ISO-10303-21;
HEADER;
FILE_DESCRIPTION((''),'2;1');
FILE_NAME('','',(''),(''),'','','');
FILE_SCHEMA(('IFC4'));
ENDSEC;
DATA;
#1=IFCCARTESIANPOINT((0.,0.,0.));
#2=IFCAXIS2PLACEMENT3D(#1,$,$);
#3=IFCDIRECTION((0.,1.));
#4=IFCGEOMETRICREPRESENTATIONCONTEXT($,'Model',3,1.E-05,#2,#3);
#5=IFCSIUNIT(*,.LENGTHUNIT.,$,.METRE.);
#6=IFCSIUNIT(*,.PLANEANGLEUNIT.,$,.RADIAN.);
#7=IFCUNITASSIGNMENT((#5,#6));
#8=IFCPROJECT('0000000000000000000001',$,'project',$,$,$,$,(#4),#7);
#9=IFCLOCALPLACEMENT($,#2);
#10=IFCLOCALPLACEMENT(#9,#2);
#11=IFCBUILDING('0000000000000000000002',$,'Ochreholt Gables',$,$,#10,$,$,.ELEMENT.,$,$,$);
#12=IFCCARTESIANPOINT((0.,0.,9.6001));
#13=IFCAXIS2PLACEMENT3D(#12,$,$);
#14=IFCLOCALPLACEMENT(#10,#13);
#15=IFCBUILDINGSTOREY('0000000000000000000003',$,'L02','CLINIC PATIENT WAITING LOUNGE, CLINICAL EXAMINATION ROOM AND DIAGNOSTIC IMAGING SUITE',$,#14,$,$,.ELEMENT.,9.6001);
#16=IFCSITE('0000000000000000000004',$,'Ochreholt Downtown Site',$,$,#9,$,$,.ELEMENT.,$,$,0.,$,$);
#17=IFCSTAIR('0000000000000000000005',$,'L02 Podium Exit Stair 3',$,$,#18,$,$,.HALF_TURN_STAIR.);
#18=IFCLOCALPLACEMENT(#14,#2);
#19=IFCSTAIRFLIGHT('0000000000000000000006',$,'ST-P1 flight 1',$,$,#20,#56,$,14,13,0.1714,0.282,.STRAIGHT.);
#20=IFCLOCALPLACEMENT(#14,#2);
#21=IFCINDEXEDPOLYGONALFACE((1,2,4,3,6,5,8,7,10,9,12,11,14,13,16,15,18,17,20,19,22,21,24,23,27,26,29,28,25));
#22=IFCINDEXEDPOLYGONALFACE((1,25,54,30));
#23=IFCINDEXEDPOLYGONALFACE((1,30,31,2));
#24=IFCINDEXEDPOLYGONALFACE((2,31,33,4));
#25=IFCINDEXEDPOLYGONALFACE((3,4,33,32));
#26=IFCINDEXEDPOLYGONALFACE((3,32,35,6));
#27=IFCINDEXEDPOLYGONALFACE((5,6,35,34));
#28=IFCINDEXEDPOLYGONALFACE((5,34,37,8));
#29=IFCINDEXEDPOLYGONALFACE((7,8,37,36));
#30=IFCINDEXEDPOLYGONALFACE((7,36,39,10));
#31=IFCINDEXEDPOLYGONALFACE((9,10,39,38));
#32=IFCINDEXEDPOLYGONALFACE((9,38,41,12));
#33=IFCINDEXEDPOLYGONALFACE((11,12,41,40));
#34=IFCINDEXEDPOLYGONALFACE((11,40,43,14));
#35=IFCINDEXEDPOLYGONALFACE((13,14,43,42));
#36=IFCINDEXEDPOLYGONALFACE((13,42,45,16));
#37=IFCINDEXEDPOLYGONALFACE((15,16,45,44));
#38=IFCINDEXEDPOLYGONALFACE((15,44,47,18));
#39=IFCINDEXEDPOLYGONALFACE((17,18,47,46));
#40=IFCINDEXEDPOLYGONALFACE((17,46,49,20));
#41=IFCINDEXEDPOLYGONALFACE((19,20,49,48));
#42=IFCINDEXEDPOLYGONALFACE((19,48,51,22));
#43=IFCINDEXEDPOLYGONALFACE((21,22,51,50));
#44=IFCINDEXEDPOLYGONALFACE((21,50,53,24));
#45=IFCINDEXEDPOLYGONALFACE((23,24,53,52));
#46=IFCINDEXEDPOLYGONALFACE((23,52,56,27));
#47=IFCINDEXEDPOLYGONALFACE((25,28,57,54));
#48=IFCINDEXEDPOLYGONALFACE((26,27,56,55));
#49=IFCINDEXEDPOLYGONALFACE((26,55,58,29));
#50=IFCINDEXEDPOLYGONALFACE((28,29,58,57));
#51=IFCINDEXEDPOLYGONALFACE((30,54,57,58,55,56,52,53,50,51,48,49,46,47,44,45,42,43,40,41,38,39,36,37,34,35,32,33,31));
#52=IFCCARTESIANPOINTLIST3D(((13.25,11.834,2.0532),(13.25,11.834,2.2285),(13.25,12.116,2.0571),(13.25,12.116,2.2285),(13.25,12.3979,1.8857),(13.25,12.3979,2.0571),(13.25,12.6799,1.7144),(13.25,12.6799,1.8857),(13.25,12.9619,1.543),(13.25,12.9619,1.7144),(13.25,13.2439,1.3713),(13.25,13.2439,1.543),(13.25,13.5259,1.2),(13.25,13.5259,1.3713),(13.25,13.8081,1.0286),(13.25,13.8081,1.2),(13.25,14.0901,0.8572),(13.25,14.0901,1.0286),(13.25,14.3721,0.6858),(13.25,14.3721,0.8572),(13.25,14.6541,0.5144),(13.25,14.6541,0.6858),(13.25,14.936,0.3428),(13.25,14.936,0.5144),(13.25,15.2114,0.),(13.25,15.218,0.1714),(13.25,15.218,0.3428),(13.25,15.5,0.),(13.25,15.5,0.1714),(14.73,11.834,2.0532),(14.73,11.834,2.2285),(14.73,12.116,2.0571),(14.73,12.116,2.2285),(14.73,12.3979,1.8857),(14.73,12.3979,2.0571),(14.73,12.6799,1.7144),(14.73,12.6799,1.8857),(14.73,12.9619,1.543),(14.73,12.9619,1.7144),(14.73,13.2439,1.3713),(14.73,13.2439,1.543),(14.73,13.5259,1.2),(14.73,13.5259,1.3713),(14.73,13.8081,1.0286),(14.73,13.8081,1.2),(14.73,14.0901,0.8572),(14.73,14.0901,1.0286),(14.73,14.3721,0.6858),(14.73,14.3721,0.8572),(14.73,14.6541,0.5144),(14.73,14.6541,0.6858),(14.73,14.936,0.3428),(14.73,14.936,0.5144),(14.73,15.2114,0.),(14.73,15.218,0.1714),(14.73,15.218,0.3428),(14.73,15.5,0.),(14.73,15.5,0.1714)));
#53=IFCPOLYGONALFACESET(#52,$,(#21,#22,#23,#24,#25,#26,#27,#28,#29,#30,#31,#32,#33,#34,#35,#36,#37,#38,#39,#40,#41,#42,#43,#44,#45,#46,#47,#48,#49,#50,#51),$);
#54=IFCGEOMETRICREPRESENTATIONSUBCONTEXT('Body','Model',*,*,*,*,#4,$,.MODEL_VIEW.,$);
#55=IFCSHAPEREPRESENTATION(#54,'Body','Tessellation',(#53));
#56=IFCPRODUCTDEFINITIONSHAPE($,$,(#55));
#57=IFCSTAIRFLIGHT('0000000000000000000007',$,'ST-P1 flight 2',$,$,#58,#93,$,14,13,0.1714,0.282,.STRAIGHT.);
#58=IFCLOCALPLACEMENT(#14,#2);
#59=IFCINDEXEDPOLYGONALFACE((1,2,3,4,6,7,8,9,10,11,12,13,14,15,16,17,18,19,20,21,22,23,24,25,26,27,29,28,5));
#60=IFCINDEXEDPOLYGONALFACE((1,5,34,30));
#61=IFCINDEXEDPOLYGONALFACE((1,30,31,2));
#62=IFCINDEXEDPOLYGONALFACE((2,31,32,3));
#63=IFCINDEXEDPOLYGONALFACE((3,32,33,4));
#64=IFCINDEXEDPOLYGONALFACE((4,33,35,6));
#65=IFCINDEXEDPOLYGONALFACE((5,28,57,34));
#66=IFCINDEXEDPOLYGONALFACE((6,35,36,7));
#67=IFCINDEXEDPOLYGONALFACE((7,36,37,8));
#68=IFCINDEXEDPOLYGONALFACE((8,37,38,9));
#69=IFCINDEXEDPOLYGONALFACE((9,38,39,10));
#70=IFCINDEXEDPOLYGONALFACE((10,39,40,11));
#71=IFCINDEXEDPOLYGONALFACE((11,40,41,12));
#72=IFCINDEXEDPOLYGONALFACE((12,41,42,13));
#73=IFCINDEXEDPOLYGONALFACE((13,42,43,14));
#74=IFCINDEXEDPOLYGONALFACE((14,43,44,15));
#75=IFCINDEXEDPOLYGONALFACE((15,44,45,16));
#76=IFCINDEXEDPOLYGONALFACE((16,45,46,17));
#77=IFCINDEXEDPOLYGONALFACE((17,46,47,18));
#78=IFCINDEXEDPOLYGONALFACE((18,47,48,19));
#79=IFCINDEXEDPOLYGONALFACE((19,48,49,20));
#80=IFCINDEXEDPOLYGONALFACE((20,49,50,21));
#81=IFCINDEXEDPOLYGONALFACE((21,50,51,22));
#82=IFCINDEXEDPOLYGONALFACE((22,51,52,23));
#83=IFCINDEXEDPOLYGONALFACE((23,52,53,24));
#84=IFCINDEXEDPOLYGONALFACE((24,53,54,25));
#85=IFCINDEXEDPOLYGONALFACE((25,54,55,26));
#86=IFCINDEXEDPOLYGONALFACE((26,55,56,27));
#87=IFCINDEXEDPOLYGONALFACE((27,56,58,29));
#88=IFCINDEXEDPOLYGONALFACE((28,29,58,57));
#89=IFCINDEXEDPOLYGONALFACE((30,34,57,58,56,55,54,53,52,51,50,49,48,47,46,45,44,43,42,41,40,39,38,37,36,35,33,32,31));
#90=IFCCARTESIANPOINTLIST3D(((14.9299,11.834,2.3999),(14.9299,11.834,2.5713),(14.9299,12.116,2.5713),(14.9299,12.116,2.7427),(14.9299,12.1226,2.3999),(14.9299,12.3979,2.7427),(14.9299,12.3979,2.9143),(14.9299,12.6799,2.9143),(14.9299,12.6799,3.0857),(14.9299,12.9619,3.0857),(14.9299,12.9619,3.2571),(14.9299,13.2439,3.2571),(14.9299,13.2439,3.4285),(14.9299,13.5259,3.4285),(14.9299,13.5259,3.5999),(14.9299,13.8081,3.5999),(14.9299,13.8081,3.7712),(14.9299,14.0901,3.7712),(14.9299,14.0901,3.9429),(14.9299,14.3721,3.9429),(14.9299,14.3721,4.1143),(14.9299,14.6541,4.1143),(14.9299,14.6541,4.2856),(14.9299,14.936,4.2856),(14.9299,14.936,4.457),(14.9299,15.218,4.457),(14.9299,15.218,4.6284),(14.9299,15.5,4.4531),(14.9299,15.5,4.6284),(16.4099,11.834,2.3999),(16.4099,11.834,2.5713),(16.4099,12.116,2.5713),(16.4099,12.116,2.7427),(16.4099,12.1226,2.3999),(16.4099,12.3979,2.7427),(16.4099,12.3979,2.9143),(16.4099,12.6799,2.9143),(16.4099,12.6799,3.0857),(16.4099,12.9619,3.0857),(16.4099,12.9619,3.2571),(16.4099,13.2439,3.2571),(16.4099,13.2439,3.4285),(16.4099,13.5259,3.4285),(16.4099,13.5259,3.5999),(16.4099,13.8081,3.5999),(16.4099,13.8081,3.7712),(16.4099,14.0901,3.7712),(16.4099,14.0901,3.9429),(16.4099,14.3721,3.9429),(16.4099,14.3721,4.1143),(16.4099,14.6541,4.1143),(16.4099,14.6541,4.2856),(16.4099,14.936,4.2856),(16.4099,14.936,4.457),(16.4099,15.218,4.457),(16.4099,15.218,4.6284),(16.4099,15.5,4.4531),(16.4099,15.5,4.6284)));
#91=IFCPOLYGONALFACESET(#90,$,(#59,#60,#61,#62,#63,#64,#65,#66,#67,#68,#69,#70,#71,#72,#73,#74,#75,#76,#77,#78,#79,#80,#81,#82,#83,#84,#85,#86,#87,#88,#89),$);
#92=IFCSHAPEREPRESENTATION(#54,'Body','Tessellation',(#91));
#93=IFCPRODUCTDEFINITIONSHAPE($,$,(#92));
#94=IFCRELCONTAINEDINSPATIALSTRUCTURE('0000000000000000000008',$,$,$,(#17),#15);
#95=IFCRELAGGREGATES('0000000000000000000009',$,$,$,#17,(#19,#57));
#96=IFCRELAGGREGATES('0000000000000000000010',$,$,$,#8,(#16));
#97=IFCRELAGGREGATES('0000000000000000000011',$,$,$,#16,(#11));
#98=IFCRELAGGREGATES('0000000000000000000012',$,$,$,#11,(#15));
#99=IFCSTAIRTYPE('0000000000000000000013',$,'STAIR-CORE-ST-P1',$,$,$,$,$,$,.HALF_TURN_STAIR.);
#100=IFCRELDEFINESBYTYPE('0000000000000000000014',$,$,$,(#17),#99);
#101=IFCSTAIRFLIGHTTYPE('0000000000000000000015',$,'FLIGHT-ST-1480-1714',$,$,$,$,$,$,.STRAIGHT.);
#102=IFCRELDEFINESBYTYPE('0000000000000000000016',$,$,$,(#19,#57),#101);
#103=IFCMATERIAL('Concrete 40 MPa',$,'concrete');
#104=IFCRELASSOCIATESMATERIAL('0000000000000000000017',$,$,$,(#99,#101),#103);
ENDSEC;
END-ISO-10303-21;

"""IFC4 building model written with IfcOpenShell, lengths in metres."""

from ifc_helpers import new_model, si_unit, direction, frame, origin, place, context, subcontext, project, spatial, polyline, outline, extrude, material, type_object, element, aggregate, save


model = new_model("IFC4")

# Units and contexts
model_context = context("Model", 3, precision=1e-05, world=origin(), true_north=direction((0.0, 1.0)))
body_context = subcontext(model_context, "Body", "Model", "MODEL_VIEW")
ifc_project = project(units=[si_unit("LENGTHUNIT", "METRE"), si_unit("PLANEANGLEUNIT", "RADIAN")], contexts=[model_context])

# Site, building, storey
site_placement = place(None, origin())
site = spatial("IfcSite", under=ifc_project, at=site_placement, Name="Ochreholt Downtown Site", CompositionType="ELEMENT", RefElevation=0.0)
building_placement = place(site_placement, origin())
building = spatial("IfcBuilding", under=site, at=building_placement, Name="Ochreholt Gables", CompositionType="ELEMENT")
storey_placement = place(building_placement, frame((0.0, 0.0, 9.6001)))
storey = spatial("IfcBuildingStorey", under=building, at=storey_placement, Name="L02", Description="CLINIC PATIENT WAITING LOUNGE, CLINICAL EXAMINATION ROOM AND DIAGNOSTIC IMAGING SUITE", CompositionType="ELEMENT", Elevation=9.6001)

# Stair, stair flights
ifc_material_1 = material(Name="Concrete 40 MPa", Category="concrete")
stair_type = type_object("IfcStairType", Name="STAIR-CORE-ST-P1", PredefinedType="HALF_TURN_STAIR", material=ifc_material_1)
stair_placement = place(storey_placement, origin())
stair = element("IfcStair", 1, at=stair_placement, inside=storey, type_object=stair_type, Name="L02 Podium Exit Stair 3", PredefinedType="HALF_TURN_STAIR")
stair_flight_type = type_object("IfcStairFlightType", Name="FLIGHT-ST-1480-1714", PredefinedType="STRAIGHT", material=ifc_material_1)
stair_flight_1_placement = place(storey_placement, frame((13.99, 15.5, 0.0), z_axis=(0.0, 0.0, 1.0), x_axis=(0.0, -1.0, 0.0)))
stair_flight_1 = element("IfcStairFlight", 2, at=stair_flight_1_placement, type_object=stair_flight_type, Name="ST-P1 flight 1", NumberOfRisers=14, NumberOfTreads=13, PredefinedType="STRAIGHT", RiserHeight=0.1714, TreadLength=0.282, context=body_context, shape_type="SweptSolid", body=[
    extrude(outline(polyline([(0.0, 0.0), (0.0, 0.1714), (0.282, 0.1714), (0.282, 0.3428), (0.564, 0.3428), (0.564, 0.5144), (0.8459, 0.5144), (0.8459, 0.6858), (1.1279, 0.6858), (1.1279, 0.8572), (1.4099, 0.8572), (1.4099, 1.0286), (1.6919, 1.0286), (1.6919, 1.2), (1.9741, 1.2), (1.9741, 1.3713), (2.2561, 1.3713), (2.2561, 1.543), (2.5381, 1.543), (2.5381, 1.7144), (2.8201, 1.7144), (2.8201, 1.8857), (3.1021, 1.8857), (3.1021, 2.0571), (3.384, 2.0571), (3.384, 2.2285), (3.666, 2.2285), (3.666, 2.3999), (3.666, 2.0532), (0.2886, 0.0), (0.0, 0.0)])), frame((0.0, 0.74, 0.0), z_axis=(0.0, -1.0, 0.0), x_axis=(1.0, 0.0, 0.0)), (0.0, 0.0, 1.0), 1.48),
])
stair_flight_2_placement = place(storey_placement, frame((15.6699, 11.834, 2.3999), z_axis=(0.0, 0.0, 1.0), x_axis=(0.0, 1.0, 0.0)))
stair_flight_2 = element("IfcStairFlight", 3, at=stair_flight_2_placement, type_object=stair_flight_type, Name="ST-P1 flight 2", NumberOfRisers=14, NumberOfTreads=13, PredefinedType="STRAIGHT", RiserHeight=0.1714, TreadLength=0.282, context=body_context, shape_type="SweptSolid", body=[
    extrude(outline(polyline([(0.0, 0.0), (0.0, 0.1714), (0.282, 0.1714), (0.282, 0.3428), (0.564, 0.3428), (0.564, 0.5144), (0.8459, 0.5144), (0.8459, 0.6858), (1.1279, 0.6858), (1.1279, 0.8572), (1.4099, 0.8572), (1.4099, 1.0286), (1.6919, 1.0286), (1.6919, 1.2), (1.9741, 1.2), (1.9741, 1.3713), (2.2561, 1.3713), (2.2561, 1.543), (2.5381, 1.543), (2.5381, 1.7144), (2.8201, 1.7144), (2.8201, 1.8857), (3.1021, 1.8857), (3.1021, 2.0571), (3.384, 2.0571), (3.384, 2.2285), (3.666, 2.2285), (3.666, 2.3999), (3.666, 2.0532), (0.2886, 0.0), (0.0, 0.0)])), frame((0.0, 0.74, 0.0), z_axis=(0.0, -1.0, 0.0), x_axis=(1.0, 0.0, 0.0)), (0.0, 0.0, 1.0), 1.48),
])
aggregate(stair, [stair_flight_1, stair_flight_2])

save(model, "model.ifc")
